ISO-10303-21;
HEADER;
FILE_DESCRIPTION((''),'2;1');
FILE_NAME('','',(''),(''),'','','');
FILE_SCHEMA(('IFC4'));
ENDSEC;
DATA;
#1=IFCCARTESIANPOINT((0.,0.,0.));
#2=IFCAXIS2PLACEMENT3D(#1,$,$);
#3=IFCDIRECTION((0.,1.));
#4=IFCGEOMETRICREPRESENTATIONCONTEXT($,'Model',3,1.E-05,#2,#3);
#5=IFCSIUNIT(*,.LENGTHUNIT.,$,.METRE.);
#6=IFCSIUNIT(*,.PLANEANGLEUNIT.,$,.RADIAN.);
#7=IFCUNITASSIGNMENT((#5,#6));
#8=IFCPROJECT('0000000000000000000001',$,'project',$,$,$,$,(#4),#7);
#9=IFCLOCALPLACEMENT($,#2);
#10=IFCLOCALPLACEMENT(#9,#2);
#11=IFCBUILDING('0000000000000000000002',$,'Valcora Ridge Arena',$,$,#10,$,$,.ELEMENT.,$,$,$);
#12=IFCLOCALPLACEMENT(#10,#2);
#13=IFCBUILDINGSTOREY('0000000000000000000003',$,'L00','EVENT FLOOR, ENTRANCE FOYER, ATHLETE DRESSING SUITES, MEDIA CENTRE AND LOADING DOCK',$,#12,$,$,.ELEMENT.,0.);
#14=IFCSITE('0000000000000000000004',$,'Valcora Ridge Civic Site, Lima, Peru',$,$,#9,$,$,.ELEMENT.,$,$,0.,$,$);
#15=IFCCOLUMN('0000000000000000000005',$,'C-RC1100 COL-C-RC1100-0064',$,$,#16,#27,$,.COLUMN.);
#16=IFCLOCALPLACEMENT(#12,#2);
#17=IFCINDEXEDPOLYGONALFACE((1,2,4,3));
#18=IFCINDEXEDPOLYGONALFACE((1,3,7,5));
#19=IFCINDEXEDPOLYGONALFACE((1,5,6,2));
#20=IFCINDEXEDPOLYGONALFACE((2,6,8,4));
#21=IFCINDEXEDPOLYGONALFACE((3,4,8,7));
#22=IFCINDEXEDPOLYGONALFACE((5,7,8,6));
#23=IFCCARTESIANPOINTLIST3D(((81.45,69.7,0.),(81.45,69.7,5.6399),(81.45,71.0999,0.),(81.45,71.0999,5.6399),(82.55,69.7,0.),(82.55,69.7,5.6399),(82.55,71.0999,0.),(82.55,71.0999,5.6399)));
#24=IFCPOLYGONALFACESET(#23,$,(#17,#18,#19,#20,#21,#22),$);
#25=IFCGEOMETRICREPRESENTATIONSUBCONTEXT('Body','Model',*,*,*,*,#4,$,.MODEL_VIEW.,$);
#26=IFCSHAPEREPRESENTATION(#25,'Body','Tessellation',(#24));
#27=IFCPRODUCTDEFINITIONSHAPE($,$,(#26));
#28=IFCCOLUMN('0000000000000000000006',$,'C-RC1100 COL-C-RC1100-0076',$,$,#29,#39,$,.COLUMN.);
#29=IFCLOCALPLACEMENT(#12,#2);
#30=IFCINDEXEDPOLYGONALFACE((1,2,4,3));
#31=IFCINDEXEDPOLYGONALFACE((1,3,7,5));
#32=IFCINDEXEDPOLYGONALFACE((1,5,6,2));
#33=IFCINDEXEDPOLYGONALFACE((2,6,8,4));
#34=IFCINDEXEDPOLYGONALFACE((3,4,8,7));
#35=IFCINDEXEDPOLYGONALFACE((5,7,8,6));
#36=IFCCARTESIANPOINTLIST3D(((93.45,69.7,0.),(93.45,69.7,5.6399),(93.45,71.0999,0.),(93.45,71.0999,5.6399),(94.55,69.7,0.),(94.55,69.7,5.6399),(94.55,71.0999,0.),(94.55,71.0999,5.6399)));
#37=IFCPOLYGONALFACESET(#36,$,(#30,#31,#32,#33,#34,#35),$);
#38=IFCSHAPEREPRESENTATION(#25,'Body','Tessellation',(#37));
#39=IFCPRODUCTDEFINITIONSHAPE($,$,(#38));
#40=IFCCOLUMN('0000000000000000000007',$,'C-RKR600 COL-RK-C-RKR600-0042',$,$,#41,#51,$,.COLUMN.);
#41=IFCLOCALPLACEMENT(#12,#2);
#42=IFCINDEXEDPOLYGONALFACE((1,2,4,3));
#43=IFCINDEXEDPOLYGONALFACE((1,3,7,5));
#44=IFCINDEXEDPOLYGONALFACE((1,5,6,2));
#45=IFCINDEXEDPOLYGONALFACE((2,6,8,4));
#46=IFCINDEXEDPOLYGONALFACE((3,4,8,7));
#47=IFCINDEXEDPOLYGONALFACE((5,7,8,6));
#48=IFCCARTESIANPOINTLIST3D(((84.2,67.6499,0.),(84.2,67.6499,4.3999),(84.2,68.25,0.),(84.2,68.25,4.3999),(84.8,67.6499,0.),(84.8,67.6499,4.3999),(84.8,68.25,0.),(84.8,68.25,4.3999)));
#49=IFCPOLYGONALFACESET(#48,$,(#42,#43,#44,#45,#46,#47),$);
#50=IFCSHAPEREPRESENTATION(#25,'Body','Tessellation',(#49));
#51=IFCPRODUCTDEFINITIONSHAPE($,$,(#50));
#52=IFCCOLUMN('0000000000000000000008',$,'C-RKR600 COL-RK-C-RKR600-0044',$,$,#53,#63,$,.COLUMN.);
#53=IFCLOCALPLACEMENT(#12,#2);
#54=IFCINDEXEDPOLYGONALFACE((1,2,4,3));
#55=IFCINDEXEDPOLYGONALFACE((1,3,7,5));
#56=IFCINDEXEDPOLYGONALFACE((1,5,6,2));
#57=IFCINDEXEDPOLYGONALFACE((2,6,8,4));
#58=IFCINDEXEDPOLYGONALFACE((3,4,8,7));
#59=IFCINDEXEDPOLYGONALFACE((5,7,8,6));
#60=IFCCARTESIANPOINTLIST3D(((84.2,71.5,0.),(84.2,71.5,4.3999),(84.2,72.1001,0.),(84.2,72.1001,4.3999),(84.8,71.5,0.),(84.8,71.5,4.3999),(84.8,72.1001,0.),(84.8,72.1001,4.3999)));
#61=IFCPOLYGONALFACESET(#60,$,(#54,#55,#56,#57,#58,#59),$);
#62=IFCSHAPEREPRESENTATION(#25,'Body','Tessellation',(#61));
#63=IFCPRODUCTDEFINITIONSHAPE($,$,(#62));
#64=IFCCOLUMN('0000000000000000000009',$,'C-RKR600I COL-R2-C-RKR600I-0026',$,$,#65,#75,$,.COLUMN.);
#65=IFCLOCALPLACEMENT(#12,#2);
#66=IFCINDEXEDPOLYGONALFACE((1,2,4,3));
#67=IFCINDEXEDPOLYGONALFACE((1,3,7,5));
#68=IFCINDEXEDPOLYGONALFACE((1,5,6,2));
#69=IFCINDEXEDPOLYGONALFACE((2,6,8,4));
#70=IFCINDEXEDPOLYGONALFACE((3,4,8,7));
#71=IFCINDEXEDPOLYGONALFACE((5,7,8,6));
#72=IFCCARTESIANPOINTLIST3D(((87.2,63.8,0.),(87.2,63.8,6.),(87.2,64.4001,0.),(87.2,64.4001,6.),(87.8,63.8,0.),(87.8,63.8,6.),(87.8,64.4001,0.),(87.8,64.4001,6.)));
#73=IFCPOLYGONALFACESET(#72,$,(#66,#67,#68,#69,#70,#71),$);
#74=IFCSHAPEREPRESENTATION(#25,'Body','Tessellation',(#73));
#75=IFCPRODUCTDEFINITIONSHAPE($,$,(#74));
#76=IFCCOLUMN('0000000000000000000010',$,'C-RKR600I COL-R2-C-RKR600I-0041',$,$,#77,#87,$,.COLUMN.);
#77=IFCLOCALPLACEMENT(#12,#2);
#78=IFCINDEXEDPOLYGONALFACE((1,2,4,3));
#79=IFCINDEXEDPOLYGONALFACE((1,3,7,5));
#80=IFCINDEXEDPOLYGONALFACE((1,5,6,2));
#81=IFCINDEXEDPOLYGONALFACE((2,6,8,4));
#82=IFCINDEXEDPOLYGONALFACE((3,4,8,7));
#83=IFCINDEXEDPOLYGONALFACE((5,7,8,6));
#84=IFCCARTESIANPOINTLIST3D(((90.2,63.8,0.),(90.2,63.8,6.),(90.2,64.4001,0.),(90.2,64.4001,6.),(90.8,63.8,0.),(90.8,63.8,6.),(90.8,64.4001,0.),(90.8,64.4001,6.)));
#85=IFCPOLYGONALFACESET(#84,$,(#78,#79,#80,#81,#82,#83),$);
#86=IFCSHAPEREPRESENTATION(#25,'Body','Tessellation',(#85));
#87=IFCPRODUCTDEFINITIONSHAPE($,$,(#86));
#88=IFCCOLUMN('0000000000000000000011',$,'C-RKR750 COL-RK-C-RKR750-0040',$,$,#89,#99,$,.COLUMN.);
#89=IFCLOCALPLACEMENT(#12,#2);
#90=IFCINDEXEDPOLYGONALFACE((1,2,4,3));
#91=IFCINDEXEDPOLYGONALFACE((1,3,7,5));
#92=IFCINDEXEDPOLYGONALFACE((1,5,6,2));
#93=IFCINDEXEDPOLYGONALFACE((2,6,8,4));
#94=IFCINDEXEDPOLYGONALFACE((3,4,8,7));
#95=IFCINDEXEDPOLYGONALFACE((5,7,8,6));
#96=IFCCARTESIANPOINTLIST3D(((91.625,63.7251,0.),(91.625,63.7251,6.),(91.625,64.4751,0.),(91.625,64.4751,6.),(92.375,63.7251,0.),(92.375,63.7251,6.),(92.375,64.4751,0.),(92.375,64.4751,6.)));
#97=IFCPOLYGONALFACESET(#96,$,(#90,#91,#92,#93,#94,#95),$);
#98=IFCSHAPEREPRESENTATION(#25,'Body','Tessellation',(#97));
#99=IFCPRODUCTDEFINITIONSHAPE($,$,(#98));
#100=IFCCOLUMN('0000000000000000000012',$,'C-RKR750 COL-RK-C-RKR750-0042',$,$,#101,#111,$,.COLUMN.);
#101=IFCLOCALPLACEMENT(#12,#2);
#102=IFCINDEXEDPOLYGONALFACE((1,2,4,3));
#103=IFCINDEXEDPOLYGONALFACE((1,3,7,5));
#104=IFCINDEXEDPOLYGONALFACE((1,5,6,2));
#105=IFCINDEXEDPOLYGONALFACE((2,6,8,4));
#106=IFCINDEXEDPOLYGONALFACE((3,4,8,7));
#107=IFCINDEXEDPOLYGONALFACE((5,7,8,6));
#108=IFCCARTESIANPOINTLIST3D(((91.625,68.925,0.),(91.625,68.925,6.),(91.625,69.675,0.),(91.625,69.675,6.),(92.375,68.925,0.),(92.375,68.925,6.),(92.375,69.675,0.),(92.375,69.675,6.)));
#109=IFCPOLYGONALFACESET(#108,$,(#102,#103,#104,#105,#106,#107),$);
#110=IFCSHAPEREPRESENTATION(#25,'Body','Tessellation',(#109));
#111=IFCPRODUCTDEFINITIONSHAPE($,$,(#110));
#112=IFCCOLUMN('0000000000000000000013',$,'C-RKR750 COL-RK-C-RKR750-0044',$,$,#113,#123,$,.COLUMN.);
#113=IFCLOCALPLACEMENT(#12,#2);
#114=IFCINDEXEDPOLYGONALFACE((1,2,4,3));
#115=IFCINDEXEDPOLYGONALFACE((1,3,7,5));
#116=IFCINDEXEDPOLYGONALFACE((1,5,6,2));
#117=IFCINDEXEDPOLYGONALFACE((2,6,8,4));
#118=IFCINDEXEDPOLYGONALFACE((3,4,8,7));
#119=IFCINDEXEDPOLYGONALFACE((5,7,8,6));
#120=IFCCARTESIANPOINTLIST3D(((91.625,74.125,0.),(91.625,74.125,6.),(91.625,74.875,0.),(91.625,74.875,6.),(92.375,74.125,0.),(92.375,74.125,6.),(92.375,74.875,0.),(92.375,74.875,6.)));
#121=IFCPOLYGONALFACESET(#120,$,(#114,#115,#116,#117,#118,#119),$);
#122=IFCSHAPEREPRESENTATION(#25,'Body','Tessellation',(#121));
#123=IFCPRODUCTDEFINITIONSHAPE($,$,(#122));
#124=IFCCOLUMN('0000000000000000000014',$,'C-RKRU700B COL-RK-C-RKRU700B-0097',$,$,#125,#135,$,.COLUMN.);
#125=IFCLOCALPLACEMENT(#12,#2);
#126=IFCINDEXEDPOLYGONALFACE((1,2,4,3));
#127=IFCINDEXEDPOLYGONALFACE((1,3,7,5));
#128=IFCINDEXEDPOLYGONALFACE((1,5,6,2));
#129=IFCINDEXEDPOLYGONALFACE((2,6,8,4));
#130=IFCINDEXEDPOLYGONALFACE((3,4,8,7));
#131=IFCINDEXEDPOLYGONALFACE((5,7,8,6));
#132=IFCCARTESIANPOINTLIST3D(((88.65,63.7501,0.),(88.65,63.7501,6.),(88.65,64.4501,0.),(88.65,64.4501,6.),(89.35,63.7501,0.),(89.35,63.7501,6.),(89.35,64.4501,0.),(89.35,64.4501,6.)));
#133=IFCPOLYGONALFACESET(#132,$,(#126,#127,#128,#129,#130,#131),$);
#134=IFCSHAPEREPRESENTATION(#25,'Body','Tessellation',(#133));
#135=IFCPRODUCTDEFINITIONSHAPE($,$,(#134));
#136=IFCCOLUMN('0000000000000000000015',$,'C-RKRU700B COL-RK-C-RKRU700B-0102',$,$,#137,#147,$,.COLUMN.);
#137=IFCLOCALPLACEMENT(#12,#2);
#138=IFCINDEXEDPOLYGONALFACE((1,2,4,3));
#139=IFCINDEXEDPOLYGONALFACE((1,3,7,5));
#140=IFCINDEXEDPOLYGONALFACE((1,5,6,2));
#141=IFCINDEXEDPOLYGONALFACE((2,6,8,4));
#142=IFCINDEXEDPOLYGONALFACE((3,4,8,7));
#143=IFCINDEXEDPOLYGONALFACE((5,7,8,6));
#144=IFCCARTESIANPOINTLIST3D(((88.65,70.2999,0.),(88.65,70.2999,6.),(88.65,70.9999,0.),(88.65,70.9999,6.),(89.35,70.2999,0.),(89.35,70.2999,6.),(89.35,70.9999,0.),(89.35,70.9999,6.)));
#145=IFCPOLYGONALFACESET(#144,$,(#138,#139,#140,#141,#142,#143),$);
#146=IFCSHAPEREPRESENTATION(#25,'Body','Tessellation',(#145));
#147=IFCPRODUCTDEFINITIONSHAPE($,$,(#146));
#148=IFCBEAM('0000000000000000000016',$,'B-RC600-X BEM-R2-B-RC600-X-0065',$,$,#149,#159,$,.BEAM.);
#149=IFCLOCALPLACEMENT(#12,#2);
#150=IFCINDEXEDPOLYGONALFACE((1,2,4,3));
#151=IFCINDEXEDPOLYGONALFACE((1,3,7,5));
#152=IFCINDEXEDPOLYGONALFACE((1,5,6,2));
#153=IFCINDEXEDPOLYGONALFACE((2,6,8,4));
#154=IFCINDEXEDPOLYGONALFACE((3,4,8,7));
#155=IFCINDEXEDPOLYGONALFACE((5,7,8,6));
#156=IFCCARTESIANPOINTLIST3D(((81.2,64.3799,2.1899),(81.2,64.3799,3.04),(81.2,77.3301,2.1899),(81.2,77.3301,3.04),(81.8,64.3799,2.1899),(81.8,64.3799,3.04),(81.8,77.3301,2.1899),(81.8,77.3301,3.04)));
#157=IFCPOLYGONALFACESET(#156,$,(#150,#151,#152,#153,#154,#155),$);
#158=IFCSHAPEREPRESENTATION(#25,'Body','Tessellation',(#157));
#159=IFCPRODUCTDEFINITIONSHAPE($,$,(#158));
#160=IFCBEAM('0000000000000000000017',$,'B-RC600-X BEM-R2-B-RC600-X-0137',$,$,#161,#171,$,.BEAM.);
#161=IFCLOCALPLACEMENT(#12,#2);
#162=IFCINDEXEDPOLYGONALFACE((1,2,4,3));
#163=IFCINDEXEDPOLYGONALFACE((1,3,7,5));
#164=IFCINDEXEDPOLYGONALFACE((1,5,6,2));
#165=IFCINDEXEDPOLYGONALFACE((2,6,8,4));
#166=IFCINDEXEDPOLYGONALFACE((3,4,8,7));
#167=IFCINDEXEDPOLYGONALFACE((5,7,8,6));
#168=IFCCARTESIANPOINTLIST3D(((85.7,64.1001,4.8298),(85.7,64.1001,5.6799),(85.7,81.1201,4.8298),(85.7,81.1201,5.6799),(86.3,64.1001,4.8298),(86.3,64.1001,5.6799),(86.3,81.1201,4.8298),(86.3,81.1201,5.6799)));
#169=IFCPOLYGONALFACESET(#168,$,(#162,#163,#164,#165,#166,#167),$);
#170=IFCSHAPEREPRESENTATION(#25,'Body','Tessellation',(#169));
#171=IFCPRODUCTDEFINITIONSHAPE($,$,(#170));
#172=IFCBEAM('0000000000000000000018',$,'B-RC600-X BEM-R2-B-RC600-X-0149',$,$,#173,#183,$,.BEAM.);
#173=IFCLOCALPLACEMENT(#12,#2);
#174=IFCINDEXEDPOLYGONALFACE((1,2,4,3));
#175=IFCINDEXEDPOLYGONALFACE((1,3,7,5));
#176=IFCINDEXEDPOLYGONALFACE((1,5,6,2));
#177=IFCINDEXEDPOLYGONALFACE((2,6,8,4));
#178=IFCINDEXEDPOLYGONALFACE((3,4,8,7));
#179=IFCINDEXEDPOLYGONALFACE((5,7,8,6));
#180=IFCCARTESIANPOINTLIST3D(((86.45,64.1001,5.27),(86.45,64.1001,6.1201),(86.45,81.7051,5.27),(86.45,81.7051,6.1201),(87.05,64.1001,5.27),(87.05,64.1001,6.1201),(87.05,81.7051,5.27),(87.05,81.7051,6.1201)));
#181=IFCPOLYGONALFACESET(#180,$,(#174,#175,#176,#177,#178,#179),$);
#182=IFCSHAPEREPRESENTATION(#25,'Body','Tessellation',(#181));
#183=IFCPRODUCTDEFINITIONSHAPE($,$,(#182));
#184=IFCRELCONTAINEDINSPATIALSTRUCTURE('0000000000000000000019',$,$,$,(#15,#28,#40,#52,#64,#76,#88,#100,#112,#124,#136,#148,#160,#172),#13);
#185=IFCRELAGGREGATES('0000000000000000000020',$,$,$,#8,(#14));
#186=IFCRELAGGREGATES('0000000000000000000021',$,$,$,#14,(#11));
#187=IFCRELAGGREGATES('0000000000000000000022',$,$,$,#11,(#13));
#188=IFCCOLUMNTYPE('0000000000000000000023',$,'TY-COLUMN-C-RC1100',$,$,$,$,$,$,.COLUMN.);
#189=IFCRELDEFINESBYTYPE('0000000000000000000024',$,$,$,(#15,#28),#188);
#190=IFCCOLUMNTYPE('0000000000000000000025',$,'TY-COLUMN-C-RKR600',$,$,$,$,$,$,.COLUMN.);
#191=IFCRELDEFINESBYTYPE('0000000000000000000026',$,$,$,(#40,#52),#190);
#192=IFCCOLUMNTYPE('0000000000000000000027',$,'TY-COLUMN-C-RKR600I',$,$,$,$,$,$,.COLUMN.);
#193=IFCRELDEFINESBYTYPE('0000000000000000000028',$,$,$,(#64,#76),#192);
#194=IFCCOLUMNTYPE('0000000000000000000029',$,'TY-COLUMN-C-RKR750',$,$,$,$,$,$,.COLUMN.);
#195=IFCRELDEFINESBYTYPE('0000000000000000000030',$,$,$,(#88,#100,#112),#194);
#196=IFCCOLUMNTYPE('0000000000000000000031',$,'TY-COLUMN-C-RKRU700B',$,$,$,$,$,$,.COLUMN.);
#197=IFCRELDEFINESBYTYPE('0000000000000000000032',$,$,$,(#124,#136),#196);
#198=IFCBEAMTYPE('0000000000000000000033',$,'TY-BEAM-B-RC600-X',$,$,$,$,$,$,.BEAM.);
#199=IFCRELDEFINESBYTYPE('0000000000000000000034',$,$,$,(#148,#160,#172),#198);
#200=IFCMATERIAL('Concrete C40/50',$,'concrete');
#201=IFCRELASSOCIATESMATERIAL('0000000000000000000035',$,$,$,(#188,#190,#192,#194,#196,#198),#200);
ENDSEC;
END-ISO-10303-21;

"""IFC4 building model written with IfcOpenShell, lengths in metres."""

from ifc_helpers import new_model, si_unit, direction, frame, origin, origin_2d, place, context, subcontext, project, spatial, rectangle, extrude, material, material_profile, profile_set, type_object, element, save


model = new_model("IFC4")

# Units and contexts
model_context = context("Model", 3, precision=1e-05, world=origin(), true_north=direction((0.0, 1.0)))
body_context = subcontext(model_context, "Body", "Model", "MODEL_VIEW")
ifc_project = project(units=[si_unit("LENGTHUNIT", "METRE"), si_unit("PLANEANGLEUNIT", "RADIAN")], contexts=[model_context])

# Site, building, storey
site_placement = place(None, origin())
site = spatial("IfcSite", under=ifc_project, at=site_placement, Name="Valcora Ridge Civic Site, Lima, Peru", CompositionType="ELEMENT", RefElevation=0.0)
building_placement = place(site_placement, origin())
building = spatial("IfcBuilding", under=site, at=building_placement, Name="Valcora Ridge Arena", CompositionType="ELEMENT")
storey_placement = place(building_placement, origin())
storey = spatial("IfcBuildingStorey", under=building, at=storey_placement, Name="L00", Description="EVENT FLOOR, ENTRANCE FOYER, ATHLETE DRESSING SUITES, MEDIA CENTRE AND LOADING DOCK", CompositionType="ELEMENT", Elevation=0.0)

# Columns
ifc_material_1 = material(Name="Concrete C40/50", Category="concrete")
ifc_material_profile_1 = material_profile(ifc_material_1, rectangle(XDim=1.1001, YDim=1.3999, at=origin_2d()), Name="RC 1100x1400")
ifc_profile_set_1 = profile_set([ifc_material_profile_1], Name="Concrete C40/50")
column_type_1 = type_object("IfcColumnType", Name="TY-COLUMN-C-RC1100", PredefinedType="COLUMN", material=ifc_profile_set_1)
for number, where, z_axis, x_axis, name in (
    (1, (82.0, 70.3999, 0.0), (0.0, 0.0, 1.0), (1.0, 0.0, 0.0), "C-RC1100 COL-C-RC1100-0064"),
    (2, (94.0, 70.3999, 0.0), (0.0, 0.0, 1.0), (1.0, 0.0, 0.0), "C-RC1100 COL-C-RC1100-0076"),
):
    element("IfcColumn", number, at=place(storey_placement, frame(where, z_axis=z_axis, x_axis=x_axis)), inside=storey, type_object=column_type_1, Name=name, PredefinedType="COLUMN", context=body_context, shape_type="SweptSolid", body=[
        extrude(rectangle(XDim=1.1001, YDim=1.3999, at=origin_2d()), origin(), (0.0, 0.0, 1.0), 5.6399),
    ])
ifc_material_profile_2 = material_profile(ifc_material_1, rectangle(XDim=0.6001, YDim=0.6001, at=origin_2d()), Name="RC 600x600")
ifc_profile_set_2 = profile_set([ifc_material_profile_2], Name="Concrete C40/50")
column_type_2 = type_object("IfcColumnType", Name="TY-COLUMN-C-RKR600", PredefinedType="COLUMN", material=ifc_profile_set_2)
for number, where, z_axis, x_axis, name in (
    (3, (84.5, 67.95, 0.0), (0.0, 0.0, 1.0), (1.0, 0.0, 0.0), "C-RKR600 COL-RK-C-RKR600-0042"),
    (4, (84.5, 71.8, 0.0), (0.0, 0.0, 1.0), (1.0, 0.0, 0.0), "C-RKR600 COL-RK-C-RKR600-0044"),
):
    element("IfcColumn", number, at=place(storey_placement, frame(where, z_axis=z_axis, x_axis=x_axis)), inside=storey, type_object=column_type_2, Name=name, PredefinedType="COLUMN", context=body_context, shape_type="SweptSolid", body=[
        extrude(rectangle(XDim=0.6001, YDim=0.6001, at=origin_2d()), origin(), (0.0, 0.0, 1.0), 4.3999),
    ])
ifc_material_profile_3 = material_profile(ifc_material_1, rectangle(XDim=0.6001, YDim=0.6001, at=origin_2d()), Name="RC 600x600")
ifc_profile_set_3 = profile_set([ifc_material_profile_3], Name="Concrete C40/50")
column_type_3 = type_object("IfcColumnType", Name="TY-COLUMN-C-RKR600I", PredefinedType="COLUMN", material=ifc_profile_set_3)
for number, where, z_axis, x_axis, name in (
    (5, (87.5, 64.1001, 0.0), (0.0, 0.0, 1.0), (1.0, 0.0, 0.0), "C-RKR600I COL-R2-C-RKR600I-0026"),
    (6, (90.5, 64.1001, 0.0), (0.0, 0.0, 1.0), (1.0, 0.0, 0.0), "C-RKR600I COL-R2-C-RKR600I-0041"),
):
    element("IfcColumn", number, at=place(storey_placement, frame(where, z_axis=z_axis, x_axis=x_axis)), inside=storey, type_object=column_type_3, Name=name, PredefinedType="COLUMN", context=body_context, shape_type="SweptSolid", body=[
        extrude(rectangle(XDim=0.6001, YDim=0.6001, at=origin_2d()), origin(), (0.0, 0.0, 1.0), 6.0),
    ])
ifc_material_profile_4 = material_profile(ifc_material_1, rectangle(XDim=0.75, YDim=0.75, at=origin_2d()), Name="RC 750x750")
ifc_profile_set_4 = profile_set([ifc_material_profile_4], Name="Concrete C40/50")
column_type_4 = type_object("IfcColumnType", Name="TY-COLUMN-C-RKR750", PredefinedType="COLUMN", material=ifc_profile_set_4)
for number, where, z_axis, x_axis, name in (
    (7, (92.0, 64.1001, 0.0), (0.0, 0.0, 1.0), (1.0, 0.0, 0.0), "C-RKR750 COL-RK-C-RKR750-0040"),
    (8, (92.0, 69.3, 0.0), (0.0, 0.0, 1.0), (1.0, 0.0, 0.0), "C-RKR750 COL-RK-C-RKR750-0042"),
    (9, (92.0, 74.5, 0.0), (0.0, 0.0, 1.0), (1.0, 0.0, 0.0), "C-RKR750 COL-RK-C-RKR750-0044"),
):
    element("IfcColumn", number, at=place(storey_placement, frame(where, z_axis=z_axis, x_axis=x_axis)), inside=storey, type_object=column_type_4, Name=name, PredefinedType="COLUMN", context=body_context, shape_type="SweptSolid", body=[
        extrude(rectangle(XDim=0.75, YDim=0.75, at=origin_2d()), origin(), (0.0, 0.0, 1.0), 6.0),
    ])
ifc_material_profile_5 = material_profile(ifc_material_1, rectangle(XDim=0.7, YDim=0.7, at=origin_2d()), Name="RC 700x700")
ifc_profile_set_5 = profile_set([ifc_material_profile_5], Name="Concrete C40/50")
column_type_5 = type_object("IfcColumnType", Name="TY-COLUMN-C-RKRU700B", PredefinedType="COLUMN", material=ifc_profile_set_5)
for number, where, z_axis, x_axis, name in (
    (10, (89.0, 64.1001, 0.0), (0.0, 0.0, 1.0), (1.0, 0.0, 0.0), "C-RKRU700B COL-RK-C-RKRU700B-0097"),
    (11, (89.0, 70.6499, 0.0), (0.0, 0.0, 1.0), (1.0, 0.0, 0.0), "C-RKRU700B COL-RK-C-RKRU700B-0102"),
):
    element("IfcColumn", number, at=place(storey_placement, frame(where, z_axis=z_axis, x_axis=x_axis)), inside=storey, type_object=column_type_5, Name=name, PredefinedType="COLUMN", context=body_context, shape_type="SweptSolid", body=[
        extrude(rectangle(XDim=0.7, YDim=0.7, at=origin_2d()), origin(), (0.0, 0.0, 1.0), 6.0),
    ])

# Beams
ifc_material_profile_6 = material_profile(ifc_material_1, rectangle(XDim=0.6001, YDim=0.8501, at=origin_2d()), Name="RC 600x850")
ifc_profile_set_6 = profile_set([ifc_material_profile_6], Name="Concrete C40/50")
beam_type = type_object("IfcBeamType", Name="TY-BEAM-B-RC600-X", PredefinedType="BEAM", material=ifc_profile_set_6)
beam_1_placement = place(storey_placement, frame((81.5, 64.3799, 2.615), z_axis=(0.0, 1.0, 0.0), x_axis=(-1.0, 0.0, 0.0)))
element("IfcBeam", 12, at=beam_1_placement, inside=storey, type_object=beam_type, Name="B-RC600-X BEM-R2-B-RC600-X-0065", PredefinedType="BEAM", context=body_context, shape_type="SweptSolid", body=[
    extrude(rectangle(XDim=0.6001, YDim=0.8501, at=origin_2d()), origin(), (0.0, 0.0, 1.0), 12.9502),
])
beam_2_placement = place(storey_placement, frame((86.0, 64.1001, 5.2549), z_axis=(0.0, 1.0, 0.0), x_axis=(-1.0, 0.0, 0.0)))
element("IfcBeam", 13, at=beam_2_placement, inside=storey, type_object=beam_type, Name="B-RC600-X BEM-R2-B-RC600-X-0137", PredefinedType="BEAM", context=body_context, shape_type="SweptSolid", body=[
    extrude(rectangle(XDim=0.6001, YDim=0.8501, at=origin_2d()), origin(), (0.0, 0.0, 1.0), 17.02),
])
beam_3_placement = place(storey_placement, frame((86.75, 64.1001, 5.6951), z_axis=(0.0, 1.0, 0.0), x_axis=(-1.0, 0.0, 0.0)))
element("IfcBeam", 14, at=beam_3_placement, inside=storey, type_object=beam_type, Name="B-RC600-X BEM-R2-B-RC600-X-0149", PredefinedType="BEAM", context=body_context, shape_type="SweptSolid", body=[
    extrude(rectangle(XDim=0.6001, YDim=0.8501, at=origin_2d()), origin(), (0.0, 0.0, 1.0), 17.605),
])

save(model, "model.ifc")
